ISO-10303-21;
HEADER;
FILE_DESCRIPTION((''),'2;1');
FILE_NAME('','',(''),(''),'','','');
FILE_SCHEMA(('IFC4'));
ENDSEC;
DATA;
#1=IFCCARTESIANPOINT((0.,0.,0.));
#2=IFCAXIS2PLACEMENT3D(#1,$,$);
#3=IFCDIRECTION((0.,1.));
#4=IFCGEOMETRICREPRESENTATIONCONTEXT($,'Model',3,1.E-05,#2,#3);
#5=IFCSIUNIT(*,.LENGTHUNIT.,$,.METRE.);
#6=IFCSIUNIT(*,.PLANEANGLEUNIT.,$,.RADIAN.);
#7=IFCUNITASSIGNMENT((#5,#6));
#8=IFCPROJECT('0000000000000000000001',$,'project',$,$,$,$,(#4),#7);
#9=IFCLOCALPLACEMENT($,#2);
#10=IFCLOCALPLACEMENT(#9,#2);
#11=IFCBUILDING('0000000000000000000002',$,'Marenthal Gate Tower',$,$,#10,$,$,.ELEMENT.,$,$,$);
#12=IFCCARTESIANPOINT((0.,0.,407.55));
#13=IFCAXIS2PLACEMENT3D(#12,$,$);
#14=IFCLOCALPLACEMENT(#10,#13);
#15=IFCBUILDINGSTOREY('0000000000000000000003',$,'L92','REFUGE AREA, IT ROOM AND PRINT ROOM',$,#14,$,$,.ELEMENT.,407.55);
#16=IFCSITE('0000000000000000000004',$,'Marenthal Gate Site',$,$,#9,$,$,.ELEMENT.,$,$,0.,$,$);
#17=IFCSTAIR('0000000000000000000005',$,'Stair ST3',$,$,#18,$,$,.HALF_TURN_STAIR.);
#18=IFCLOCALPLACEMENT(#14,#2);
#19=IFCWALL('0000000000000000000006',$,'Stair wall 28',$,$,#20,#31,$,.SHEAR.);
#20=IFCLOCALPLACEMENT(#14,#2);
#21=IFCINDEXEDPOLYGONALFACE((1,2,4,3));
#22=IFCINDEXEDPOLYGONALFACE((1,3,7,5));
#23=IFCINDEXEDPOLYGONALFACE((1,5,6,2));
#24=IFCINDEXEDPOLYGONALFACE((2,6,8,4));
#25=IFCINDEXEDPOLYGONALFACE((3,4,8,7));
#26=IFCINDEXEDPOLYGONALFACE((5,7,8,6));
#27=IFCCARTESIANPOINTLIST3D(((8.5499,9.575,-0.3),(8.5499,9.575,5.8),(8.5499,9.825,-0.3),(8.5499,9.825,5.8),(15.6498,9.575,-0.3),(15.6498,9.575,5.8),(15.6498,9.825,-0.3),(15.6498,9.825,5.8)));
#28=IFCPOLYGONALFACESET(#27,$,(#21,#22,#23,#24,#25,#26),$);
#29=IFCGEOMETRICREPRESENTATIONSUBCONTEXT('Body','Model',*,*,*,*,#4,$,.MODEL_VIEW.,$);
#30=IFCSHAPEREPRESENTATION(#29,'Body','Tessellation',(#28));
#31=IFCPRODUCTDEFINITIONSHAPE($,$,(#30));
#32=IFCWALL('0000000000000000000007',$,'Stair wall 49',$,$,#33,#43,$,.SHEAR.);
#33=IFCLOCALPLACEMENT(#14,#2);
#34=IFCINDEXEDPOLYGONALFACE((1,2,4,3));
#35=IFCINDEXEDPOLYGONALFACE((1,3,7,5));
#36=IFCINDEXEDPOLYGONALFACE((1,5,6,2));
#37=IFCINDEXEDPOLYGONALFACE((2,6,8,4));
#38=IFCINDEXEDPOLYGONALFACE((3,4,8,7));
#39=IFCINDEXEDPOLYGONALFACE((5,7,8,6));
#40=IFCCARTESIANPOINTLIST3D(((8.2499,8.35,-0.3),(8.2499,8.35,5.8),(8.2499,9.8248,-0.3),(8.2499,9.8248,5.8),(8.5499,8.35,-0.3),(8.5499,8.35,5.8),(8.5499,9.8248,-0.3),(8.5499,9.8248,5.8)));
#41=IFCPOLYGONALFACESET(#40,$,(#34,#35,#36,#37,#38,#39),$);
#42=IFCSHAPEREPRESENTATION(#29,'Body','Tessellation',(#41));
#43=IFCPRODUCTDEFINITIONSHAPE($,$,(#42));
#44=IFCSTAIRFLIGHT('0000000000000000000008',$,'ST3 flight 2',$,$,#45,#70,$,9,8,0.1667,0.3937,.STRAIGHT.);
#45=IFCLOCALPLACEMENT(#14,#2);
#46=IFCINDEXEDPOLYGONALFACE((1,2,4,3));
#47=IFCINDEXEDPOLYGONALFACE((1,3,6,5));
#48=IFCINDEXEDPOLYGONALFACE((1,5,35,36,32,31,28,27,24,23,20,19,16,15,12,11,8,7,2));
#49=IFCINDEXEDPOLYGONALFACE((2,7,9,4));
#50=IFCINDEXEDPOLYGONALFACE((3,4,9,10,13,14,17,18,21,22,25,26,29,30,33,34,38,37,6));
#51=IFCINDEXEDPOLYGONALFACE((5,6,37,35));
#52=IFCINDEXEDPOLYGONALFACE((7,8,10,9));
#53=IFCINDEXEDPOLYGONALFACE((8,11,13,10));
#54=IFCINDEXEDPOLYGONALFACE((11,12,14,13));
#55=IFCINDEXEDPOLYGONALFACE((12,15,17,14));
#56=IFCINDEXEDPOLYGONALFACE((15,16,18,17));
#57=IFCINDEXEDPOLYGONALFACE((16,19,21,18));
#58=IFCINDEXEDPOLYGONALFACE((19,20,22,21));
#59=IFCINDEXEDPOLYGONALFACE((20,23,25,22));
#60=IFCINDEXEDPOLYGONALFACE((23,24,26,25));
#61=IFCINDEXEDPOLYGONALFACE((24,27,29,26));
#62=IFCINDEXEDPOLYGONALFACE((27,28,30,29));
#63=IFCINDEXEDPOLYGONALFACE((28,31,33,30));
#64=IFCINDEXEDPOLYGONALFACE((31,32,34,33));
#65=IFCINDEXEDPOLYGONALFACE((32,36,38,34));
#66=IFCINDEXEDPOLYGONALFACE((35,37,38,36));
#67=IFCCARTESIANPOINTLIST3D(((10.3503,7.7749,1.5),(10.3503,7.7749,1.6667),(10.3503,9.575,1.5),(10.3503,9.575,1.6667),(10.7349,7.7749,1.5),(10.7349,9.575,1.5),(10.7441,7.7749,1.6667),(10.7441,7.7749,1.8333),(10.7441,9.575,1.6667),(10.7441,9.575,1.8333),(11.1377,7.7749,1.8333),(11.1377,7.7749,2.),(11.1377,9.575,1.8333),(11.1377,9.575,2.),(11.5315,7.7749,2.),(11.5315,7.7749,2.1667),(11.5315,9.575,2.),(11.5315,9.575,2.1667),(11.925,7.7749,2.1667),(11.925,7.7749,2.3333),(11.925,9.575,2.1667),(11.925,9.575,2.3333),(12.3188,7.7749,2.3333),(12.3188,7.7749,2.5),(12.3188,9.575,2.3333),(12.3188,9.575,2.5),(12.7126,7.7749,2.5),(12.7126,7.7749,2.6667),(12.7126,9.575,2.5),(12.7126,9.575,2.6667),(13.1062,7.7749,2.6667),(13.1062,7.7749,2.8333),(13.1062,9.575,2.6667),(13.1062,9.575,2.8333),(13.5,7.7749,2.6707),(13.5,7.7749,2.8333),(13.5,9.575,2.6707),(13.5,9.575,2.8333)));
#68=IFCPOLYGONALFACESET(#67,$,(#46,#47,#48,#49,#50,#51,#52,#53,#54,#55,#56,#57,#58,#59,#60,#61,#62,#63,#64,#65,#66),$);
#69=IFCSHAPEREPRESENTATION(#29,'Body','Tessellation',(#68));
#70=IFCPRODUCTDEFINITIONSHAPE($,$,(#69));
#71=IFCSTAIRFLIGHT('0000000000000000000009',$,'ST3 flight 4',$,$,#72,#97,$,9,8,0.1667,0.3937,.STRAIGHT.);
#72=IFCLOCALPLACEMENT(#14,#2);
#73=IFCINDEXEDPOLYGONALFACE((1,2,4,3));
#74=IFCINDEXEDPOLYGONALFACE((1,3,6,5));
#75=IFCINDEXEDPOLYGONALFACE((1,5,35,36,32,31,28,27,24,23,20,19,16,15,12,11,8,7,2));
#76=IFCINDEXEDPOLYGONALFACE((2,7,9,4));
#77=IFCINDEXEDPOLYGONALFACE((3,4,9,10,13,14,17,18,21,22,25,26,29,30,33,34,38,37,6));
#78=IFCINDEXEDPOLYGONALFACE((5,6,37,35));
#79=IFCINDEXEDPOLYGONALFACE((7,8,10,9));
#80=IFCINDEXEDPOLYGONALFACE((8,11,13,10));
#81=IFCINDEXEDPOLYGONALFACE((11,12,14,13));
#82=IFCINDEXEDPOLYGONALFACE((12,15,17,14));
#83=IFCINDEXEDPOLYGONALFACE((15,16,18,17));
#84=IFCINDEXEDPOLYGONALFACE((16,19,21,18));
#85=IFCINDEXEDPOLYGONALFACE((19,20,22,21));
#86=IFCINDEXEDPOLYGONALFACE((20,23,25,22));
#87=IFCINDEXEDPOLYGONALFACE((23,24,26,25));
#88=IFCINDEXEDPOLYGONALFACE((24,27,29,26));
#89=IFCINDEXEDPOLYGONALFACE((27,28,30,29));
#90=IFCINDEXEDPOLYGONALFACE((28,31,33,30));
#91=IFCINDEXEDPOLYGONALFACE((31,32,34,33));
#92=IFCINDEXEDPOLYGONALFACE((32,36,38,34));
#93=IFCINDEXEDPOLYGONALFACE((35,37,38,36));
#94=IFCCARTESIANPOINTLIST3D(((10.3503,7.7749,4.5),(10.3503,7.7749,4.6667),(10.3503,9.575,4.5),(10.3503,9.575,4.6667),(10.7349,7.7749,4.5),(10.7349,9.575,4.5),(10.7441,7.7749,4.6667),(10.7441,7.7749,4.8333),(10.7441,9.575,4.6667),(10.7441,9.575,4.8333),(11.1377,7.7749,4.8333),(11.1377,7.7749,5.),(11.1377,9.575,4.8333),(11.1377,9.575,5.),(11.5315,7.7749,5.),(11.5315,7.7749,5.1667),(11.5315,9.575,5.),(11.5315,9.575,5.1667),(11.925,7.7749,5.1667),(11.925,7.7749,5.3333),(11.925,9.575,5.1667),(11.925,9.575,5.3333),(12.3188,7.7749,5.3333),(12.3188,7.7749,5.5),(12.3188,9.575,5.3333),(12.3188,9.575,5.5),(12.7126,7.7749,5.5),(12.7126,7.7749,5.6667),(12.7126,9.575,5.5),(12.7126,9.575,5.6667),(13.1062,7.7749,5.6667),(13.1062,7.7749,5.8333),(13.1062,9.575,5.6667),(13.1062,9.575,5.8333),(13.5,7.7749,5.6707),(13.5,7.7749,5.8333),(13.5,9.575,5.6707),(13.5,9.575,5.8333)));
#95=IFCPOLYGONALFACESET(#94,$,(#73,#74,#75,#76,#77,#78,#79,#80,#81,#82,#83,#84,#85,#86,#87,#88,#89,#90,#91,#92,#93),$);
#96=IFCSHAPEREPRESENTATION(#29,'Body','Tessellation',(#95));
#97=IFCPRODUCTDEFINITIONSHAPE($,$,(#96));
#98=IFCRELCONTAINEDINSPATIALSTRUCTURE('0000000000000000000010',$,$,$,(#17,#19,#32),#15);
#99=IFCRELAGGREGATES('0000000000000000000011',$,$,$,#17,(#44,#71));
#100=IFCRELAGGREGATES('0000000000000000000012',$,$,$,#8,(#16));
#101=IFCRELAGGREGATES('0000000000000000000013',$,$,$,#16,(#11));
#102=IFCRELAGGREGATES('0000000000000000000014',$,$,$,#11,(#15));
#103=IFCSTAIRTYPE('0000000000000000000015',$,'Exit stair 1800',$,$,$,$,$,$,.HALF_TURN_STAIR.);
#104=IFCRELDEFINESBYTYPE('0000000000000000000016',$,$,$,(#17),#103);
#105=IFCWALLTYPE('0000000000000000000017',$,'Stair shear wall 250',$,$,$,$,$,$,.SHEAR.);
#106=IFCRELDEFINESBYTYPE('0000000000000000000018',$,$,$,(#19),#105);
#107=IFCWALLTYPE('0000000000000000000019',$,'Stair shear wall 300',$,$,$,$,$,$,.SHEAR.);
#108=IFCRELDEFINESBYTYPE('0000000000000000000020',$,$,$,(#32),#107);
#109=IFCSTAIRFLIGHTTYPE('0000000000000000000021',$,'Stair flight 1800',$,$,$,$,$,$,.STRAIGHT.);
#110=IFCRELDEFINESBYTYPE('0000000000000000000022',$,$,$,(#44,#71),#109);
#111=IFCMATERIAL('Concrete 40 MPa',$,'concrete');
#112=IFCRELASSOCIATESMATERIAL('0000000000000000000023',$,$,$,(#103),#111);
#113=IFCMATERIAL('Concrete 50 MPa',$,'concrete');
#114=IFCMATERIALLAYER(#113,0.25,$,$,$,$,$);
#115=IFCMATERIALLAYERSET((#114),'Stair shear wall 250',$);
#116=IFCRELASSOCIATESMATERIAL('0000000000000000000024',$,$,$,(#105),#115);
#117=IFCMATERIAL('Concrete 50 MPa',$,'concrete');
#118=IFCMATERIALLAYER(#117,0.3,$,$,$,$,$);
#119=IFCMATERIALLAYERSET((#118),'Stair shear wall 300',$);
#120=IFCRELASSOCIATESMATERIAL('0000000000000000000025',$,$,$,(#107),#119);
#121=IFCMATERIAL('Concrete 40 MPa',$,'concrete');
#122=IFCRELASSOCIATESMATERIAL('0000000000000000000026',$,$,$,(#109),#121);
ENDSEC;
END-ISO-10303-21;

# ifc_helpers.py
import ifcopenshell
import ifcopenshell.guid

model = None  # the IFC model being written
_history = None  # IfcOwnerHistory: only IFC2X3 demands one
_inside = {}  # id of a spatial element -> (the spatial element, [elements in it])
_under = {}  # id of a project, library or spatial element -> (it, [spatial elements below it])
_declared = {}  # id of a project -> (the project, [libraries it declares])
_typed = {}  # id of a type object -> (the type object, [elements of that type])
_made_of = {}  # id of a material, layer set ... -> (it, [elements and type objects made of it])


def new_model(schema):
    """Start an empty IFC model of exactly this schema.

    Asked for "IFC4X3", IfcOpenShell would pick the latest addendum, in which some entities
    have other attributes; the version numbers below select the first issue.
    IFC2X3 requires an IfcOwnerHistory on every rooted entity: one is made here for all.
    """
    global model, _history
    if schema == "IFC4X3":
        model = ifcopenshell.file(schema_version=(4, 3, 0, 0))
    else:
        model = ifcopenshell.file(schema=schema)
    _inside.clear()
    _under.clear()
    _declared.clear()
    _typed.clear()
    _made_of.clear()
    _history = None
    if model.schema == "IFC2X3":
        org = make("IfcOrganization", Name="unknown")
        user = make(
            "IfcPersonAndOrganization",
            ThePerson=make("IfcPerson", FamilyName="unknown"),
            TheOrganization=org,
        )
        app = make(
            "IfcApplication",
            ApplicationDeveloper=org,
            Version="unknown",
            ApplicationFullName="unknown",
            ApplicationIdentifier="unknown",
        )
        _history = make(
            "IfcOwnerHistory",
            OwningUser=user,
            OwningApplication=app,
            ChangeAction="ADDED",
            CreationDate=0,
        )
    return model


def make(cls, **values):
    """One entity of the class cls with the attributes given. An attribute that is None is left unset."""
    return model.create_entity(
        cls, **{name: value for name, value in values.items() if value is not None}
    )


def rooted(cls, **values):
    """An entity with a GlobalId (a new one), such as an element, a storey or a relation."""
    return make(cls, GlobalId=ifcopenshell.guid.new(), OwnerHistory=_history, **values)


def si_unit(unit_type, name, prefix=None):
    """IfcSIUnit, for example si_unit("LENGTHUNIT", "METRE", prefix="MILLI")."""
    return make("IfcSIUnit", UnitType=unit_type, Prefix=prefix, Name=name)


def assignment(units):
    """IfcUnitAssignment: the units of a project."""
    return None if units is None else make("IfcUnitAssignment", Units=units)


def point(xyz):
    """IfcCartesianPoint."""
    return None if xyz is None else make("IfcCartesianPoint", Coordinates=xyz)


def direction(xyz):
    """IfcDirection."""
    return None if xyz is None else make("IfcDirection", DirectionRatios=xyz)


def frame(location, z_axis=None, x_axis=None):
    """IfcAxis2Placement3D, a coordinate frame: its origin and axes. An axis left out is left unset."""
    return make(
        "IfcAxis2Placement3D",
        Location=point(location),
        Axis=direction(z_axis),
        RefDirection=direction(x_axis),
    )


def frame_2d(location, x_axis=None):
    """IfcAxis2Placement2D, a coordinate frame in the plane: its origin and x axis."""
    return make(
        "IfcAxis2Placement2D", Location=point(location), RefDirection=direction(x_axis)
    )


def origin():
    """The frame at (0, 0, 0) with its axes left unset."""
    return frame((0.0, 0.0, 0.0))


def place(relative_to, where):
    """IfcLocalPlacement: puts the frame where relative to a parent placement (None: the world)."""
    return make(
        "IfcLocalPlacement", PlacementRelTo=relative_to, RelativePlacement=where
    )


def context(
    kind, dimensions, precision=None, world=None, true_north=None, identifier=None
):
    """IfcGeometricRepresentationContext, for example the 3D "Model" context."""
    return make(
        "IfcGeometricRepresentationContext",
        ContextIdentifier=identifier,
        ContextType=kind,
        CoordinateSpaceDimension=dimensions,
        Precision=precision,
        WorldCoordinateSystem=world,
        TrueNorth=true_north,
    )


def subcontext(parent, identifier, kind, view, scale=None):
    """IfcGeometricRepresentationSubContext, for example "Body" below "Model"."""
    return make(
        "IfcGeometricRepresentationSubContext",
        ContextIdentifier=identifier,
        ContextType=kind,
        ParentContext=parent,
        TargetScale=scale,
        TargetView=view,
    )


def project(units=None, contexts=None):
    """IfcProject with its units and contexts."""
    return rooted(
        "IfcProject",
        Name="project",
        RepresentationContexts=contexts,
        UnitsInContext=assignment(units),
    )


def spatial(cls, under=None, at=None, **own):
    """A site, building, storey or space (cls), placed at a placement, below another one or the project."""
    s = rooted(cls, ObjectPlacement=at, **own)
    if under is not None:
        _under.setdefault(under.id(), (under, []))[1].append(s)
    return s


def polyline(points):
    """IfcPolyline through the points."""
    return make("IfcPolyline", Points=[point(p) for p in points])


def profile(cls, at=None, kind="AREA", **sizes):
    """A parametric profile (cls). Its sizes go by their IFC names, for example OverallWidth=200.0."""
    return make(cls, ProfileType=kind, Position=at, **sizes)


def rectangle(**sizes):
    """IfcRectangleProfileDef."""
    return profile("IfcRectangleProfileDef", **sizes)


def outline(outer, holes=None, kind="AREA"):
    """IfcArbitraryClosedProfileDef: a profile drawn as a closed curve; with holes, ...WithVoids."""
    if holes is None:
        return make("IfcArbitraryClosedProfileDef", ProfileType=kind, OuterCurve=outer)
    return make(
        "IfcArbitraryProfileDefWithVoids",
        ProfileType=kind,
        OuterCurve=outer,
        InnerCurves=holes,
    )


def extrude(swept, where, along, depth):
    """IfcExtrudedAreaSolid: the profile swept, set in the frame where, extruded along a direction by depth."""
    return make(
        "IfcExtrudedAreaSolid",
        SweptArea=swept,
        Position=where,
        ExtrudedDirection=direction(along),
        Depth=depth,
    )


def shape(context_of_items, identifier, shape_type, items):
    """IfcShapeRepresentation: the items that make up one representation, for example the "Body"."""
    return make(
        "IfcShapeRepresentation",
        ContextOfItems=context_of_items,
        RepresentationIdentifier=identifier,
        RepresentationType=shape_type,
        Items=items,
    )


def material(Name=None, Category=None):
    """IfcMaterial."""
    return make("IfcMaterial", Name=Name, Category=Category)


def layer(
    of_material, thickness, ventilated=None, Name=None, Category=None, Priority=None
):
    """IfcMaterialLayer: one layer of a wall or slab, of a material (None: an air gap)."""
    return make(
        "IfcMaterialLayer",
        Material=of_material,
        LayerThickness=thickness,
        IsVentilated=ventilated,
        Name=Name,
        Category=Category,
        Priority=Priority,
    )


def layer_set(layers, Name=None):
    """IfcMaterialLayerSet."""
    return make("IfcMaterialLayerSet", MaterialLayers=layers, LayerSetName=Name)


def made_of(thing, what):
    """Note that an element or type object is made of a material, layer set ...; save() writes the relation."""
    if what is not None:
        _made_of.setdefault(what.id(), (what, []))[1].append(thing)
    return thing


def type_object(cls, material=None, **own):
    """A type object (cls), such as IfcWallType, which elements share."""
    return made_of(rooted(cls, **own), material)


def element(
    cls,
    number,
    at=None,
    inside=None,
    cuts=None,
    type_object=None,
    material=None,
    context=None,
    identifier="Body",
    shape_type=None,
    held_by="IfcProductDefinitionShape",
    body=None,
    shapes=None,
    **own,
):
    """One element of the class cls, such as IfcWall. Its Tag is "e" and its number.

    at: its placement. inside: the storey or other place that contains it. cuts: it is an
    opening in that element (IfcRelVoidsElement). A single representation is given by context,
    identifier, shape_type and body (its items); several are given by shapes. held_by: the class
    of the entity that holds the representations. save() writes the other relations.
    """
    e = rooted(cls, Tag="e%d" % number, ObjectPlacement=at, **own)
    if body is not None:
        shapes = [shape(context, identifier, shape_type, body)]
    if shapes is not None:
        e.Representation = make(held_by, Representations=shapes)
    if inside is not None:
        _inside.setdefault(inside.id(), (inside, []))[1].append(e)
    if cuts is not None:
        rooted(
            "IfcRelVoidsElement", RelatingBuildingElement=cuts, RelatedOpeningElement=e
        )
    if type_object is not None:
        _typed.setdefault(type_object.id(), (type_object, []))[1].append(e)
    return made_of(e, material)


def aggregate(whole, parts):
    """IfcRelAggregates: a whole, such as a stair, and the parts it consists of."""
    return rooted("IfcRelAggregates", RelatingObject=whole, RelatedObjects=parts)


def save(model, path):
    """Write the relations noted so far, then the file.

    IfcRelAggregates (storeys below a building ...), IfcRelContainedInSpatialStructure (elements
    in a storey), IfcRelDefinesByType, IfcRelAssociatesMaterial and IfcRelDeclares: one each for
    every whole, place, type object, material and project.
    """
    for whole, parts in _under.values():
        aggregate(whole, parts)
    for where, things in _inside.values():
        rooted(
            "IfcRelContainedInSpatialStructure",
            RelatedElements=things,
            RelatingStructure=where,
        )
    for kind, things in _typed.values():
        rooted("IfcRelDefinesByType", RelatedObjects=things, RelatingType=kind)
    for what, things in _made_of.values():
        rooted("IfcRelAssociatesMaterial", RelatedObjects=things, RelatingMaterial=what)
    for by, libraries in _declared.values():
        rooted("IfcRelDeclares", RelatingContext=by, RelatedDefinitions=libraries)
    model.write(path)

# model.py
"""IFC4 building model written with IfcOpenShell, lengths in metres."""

from ifc_helpers import new_model, si_unit, direction, frame, frame_2d, origin, place, context, subcontext, project, spatial, polyline, rectangle, outline, extrude, material, layer, layer_set, type_object, element, aggregate, save


model = new_model("IFC4")

# Units and contexts
model_context = context("Model", 3, precision=1e-05, world=origin(), true_north=direction((0.0, 1.0)))
body_context = subcontext(model_context, "Body", "Model", "MODEL_VIEW")
ifc_project = project(units=[si_unit("LENGTHUNIT", "METRE"), si_unit("PLANEANGLEUNIT", "RADIAN")], contexts=[model_context])

# Site, building, storey
site_placement = place(None, origin())
site = spatial("IfcSite", under=ifc_project, at=site_placement, Name="Marenthal Gate Site", CompositionType="ELEMENT", RefElevation=0.0)
building_placement = place(site_placement, origin())
building = spatial("IfcBuilding", under=site, at=building_placement, Name="Marenthal Gate Tower", CompositionType="ELEMENT")
storey_placement = place(building_placement, frame((0.0, 0.0, 407.55)))
storey = spatial("IfcBuildingStorey", under=building, at=storey_placement, Name="L92", Description="REFUGE AREA, IT ROOM AND PRINT ROOM", CompositionType="ELEMENT", Elevation=407.55)

# Stair
ifc_material_1 = material(Name="Concrete 40 MPa", Category="concrete")
stair_type = type_object("IfcStairType", Name="Exit stair 1800", PredefinedType="HALF_TURN_STAIR", material=ifc_material_1)
stair_1_placement = place(storey_placement, origin())
stair_1 = element("IfcStair", 1, at=stair_1_placement, inside=storey, type_object=stair_type, Name="Stair ST3", PredefinedType="HALF_TURN_STAIR")

# Shared definitions
ifc_material_2 = material(Name="Concrete 50 MPa", Category="concrete")
ifc_layer_1 = layer(ifc_material_2, 0.25)
ifc_layer_set_1 = layer_set([ifc_layer_1], Name="Stair shear wall 250")
wall_type_1 = type_object("IfcWallType", Name="Stair shear wall 250", PredefinedType="SHEAR", material=ifc_layer_set_1)

# Walls
wall_1_placement = place(storey_placement, frame((8.55, 9.7, -0.3), z_axis=(0.0, 0.0, 1.0), x_axis=(1.0, 0.0, 0.0)))
element("IfcWall", 2, at=wall_1_placement, inside=storey, type_object=wall_type_1, Name="Stair wall 28", PredefinedType="SHEAR", context=body_context, shape_type="SweptSolid", body=[
    extrude(rectangle(XDim=7.0999, YDim=0.25, at=frame_2d((3.5498, 0.0))), origin(), (0.0, 0.0, 1.0), 6.1001),
])
ifc_material_3 = material(Name="Concrete 50 MPa", Category="concrete")
ifc_layer_2 = layer(ifc_material_3, 0.3)
ifc_layer_set_2 = layer_set([ifc_layer_2], Name="Stair shear wall 300")
wall_type_2 = type_object("IfcWallType", Name="Stair shear wall 300", PredefinedType="SHEAR", material=ifc_layer_set_2)
wall_2_placement = place(storey_placement, frame((8.3999, 8.3501, -0.3), z_axis=(0.0, 0.0, 1.0), x_axis=(0.0, 1.0, 0.0)))
element("IfcWall", 3, at=wall_2_placement, inside=storey, type_object=wall_type_2, Name="Stair wall 49", PredefinedType="SHEAR", context=body_context, shape_type="SweptSolid", body=[
    extrude(rectangle(XDim=1.4749, YDim=0.3, at=frame_2d((0.7373, 0.0))), origin(), (0.0, 0.0, 1.0), 6.1001),
])

# Stair flights
ifc_material_4 = material(Name="Concrete 40 MPa", Category="concrete")
stair_flight_type = type_object("IfcStairFlightType", Name="Stair flight 1800", PredefinedType="STRAIGHT", material=ifc_material_4)
stair_flight_1_placement = place(storey_placement, frame((10.3503, 8.675, 1.5), z_axis=(0.0, 0.0, 1.0), x_axis=(1.0, 0.0, 0.0)))
stair_flight_1 = element("IfcStairFlight", 4, at=stair_flight_1_placement, type_object=stair_flight_type, Name="ST3 flight 2", NumberOfRisers=9, NumberOfTreads=8, PredefinedType="STRAIGHT", RiserHeight=0.1667, TreadLength=0.3937, context=body_context, shape_type="SweptSolid", body=[
    extrude(outline(polyline([(0.0, 0.0), (0.0, 0.1667), (0.3938, 0.1667), (0.3938, 0.3333), (0.7874, 0.3333), (0.7874, 0.5), (1.1812, 0.5), (1.1812, 0.6667), (1.5747, 0.6667), (1.5747, 0.8333), (1.9685, 0.8333), (1.9685, 1.0), (2.3623, 1.0), (2.3623, 1.1667), (2.7559, 1.1667), (2.7559, 1.3333), (3.1497, 1.3333), (3.1497, 1.5), (3.1497, 1.1707), (0.3845, 0.0), (0.0, 0.0)])), frame((0.0, 0.8999, 0.0), z_axis=(0.0, -1.0, 0.0), x_axis=(1.0, 0.0, 0.0)), (0.0, 0.0, 1.0), 1.8),
])
stair_flight_2_placement = place(storey_placement, frame((10.3503, 8.675, 4.5), z_axis=(0.0, 0.0, 1.0), x_axis=(1.0, 0.0, 0.0)))
stair_flight_2 = element("IfcStairFlight", 5, at=stair_flight_2_placement, type_object=stair_flight_type, Name="ST3 flight 4", NumberOfRisers=9, NumberOfTreads=8, PredefinedType="STRAIGHT", RiserHeight=0.1667, TreadLength=0.3937, context=body_context, shape_type="SweptSolid", body=[
    extrude(outline(polyline([(0.0, 0.0), (0.0, 0.1667), (0.3938, 0.1667), (0.3938, 0.3333), (0.7874, 0.3333), (0.7874, 0.5), (1.1812, 0.5), (1.1812, 0.6667), (1.5747, 0.6667), (1.5747, 0.8333), (1.9685, 0.8333), (1.9685, 1.0), (2.3623, 1.0), (2.3623, 1.1667), (2.7559, 1.1667), (2.7559, 1.3333), (3.1497, 1.3333), (3.1497, 1.5), (3.1497, 1.1707), (0.3845, 0.0), (0.0, 0.0)])), frame((0.0, 0.8999, 0.0), z_axis=(0.0, -1.0, 0.0), x_axis=(1.0, 0.0, 0.0)), (0.0, 0.0, 1.0), 1.8),
])
aggregate(stair_1, [stair_flight_1, stair_flight_2])

save(model, "model.ifc")
